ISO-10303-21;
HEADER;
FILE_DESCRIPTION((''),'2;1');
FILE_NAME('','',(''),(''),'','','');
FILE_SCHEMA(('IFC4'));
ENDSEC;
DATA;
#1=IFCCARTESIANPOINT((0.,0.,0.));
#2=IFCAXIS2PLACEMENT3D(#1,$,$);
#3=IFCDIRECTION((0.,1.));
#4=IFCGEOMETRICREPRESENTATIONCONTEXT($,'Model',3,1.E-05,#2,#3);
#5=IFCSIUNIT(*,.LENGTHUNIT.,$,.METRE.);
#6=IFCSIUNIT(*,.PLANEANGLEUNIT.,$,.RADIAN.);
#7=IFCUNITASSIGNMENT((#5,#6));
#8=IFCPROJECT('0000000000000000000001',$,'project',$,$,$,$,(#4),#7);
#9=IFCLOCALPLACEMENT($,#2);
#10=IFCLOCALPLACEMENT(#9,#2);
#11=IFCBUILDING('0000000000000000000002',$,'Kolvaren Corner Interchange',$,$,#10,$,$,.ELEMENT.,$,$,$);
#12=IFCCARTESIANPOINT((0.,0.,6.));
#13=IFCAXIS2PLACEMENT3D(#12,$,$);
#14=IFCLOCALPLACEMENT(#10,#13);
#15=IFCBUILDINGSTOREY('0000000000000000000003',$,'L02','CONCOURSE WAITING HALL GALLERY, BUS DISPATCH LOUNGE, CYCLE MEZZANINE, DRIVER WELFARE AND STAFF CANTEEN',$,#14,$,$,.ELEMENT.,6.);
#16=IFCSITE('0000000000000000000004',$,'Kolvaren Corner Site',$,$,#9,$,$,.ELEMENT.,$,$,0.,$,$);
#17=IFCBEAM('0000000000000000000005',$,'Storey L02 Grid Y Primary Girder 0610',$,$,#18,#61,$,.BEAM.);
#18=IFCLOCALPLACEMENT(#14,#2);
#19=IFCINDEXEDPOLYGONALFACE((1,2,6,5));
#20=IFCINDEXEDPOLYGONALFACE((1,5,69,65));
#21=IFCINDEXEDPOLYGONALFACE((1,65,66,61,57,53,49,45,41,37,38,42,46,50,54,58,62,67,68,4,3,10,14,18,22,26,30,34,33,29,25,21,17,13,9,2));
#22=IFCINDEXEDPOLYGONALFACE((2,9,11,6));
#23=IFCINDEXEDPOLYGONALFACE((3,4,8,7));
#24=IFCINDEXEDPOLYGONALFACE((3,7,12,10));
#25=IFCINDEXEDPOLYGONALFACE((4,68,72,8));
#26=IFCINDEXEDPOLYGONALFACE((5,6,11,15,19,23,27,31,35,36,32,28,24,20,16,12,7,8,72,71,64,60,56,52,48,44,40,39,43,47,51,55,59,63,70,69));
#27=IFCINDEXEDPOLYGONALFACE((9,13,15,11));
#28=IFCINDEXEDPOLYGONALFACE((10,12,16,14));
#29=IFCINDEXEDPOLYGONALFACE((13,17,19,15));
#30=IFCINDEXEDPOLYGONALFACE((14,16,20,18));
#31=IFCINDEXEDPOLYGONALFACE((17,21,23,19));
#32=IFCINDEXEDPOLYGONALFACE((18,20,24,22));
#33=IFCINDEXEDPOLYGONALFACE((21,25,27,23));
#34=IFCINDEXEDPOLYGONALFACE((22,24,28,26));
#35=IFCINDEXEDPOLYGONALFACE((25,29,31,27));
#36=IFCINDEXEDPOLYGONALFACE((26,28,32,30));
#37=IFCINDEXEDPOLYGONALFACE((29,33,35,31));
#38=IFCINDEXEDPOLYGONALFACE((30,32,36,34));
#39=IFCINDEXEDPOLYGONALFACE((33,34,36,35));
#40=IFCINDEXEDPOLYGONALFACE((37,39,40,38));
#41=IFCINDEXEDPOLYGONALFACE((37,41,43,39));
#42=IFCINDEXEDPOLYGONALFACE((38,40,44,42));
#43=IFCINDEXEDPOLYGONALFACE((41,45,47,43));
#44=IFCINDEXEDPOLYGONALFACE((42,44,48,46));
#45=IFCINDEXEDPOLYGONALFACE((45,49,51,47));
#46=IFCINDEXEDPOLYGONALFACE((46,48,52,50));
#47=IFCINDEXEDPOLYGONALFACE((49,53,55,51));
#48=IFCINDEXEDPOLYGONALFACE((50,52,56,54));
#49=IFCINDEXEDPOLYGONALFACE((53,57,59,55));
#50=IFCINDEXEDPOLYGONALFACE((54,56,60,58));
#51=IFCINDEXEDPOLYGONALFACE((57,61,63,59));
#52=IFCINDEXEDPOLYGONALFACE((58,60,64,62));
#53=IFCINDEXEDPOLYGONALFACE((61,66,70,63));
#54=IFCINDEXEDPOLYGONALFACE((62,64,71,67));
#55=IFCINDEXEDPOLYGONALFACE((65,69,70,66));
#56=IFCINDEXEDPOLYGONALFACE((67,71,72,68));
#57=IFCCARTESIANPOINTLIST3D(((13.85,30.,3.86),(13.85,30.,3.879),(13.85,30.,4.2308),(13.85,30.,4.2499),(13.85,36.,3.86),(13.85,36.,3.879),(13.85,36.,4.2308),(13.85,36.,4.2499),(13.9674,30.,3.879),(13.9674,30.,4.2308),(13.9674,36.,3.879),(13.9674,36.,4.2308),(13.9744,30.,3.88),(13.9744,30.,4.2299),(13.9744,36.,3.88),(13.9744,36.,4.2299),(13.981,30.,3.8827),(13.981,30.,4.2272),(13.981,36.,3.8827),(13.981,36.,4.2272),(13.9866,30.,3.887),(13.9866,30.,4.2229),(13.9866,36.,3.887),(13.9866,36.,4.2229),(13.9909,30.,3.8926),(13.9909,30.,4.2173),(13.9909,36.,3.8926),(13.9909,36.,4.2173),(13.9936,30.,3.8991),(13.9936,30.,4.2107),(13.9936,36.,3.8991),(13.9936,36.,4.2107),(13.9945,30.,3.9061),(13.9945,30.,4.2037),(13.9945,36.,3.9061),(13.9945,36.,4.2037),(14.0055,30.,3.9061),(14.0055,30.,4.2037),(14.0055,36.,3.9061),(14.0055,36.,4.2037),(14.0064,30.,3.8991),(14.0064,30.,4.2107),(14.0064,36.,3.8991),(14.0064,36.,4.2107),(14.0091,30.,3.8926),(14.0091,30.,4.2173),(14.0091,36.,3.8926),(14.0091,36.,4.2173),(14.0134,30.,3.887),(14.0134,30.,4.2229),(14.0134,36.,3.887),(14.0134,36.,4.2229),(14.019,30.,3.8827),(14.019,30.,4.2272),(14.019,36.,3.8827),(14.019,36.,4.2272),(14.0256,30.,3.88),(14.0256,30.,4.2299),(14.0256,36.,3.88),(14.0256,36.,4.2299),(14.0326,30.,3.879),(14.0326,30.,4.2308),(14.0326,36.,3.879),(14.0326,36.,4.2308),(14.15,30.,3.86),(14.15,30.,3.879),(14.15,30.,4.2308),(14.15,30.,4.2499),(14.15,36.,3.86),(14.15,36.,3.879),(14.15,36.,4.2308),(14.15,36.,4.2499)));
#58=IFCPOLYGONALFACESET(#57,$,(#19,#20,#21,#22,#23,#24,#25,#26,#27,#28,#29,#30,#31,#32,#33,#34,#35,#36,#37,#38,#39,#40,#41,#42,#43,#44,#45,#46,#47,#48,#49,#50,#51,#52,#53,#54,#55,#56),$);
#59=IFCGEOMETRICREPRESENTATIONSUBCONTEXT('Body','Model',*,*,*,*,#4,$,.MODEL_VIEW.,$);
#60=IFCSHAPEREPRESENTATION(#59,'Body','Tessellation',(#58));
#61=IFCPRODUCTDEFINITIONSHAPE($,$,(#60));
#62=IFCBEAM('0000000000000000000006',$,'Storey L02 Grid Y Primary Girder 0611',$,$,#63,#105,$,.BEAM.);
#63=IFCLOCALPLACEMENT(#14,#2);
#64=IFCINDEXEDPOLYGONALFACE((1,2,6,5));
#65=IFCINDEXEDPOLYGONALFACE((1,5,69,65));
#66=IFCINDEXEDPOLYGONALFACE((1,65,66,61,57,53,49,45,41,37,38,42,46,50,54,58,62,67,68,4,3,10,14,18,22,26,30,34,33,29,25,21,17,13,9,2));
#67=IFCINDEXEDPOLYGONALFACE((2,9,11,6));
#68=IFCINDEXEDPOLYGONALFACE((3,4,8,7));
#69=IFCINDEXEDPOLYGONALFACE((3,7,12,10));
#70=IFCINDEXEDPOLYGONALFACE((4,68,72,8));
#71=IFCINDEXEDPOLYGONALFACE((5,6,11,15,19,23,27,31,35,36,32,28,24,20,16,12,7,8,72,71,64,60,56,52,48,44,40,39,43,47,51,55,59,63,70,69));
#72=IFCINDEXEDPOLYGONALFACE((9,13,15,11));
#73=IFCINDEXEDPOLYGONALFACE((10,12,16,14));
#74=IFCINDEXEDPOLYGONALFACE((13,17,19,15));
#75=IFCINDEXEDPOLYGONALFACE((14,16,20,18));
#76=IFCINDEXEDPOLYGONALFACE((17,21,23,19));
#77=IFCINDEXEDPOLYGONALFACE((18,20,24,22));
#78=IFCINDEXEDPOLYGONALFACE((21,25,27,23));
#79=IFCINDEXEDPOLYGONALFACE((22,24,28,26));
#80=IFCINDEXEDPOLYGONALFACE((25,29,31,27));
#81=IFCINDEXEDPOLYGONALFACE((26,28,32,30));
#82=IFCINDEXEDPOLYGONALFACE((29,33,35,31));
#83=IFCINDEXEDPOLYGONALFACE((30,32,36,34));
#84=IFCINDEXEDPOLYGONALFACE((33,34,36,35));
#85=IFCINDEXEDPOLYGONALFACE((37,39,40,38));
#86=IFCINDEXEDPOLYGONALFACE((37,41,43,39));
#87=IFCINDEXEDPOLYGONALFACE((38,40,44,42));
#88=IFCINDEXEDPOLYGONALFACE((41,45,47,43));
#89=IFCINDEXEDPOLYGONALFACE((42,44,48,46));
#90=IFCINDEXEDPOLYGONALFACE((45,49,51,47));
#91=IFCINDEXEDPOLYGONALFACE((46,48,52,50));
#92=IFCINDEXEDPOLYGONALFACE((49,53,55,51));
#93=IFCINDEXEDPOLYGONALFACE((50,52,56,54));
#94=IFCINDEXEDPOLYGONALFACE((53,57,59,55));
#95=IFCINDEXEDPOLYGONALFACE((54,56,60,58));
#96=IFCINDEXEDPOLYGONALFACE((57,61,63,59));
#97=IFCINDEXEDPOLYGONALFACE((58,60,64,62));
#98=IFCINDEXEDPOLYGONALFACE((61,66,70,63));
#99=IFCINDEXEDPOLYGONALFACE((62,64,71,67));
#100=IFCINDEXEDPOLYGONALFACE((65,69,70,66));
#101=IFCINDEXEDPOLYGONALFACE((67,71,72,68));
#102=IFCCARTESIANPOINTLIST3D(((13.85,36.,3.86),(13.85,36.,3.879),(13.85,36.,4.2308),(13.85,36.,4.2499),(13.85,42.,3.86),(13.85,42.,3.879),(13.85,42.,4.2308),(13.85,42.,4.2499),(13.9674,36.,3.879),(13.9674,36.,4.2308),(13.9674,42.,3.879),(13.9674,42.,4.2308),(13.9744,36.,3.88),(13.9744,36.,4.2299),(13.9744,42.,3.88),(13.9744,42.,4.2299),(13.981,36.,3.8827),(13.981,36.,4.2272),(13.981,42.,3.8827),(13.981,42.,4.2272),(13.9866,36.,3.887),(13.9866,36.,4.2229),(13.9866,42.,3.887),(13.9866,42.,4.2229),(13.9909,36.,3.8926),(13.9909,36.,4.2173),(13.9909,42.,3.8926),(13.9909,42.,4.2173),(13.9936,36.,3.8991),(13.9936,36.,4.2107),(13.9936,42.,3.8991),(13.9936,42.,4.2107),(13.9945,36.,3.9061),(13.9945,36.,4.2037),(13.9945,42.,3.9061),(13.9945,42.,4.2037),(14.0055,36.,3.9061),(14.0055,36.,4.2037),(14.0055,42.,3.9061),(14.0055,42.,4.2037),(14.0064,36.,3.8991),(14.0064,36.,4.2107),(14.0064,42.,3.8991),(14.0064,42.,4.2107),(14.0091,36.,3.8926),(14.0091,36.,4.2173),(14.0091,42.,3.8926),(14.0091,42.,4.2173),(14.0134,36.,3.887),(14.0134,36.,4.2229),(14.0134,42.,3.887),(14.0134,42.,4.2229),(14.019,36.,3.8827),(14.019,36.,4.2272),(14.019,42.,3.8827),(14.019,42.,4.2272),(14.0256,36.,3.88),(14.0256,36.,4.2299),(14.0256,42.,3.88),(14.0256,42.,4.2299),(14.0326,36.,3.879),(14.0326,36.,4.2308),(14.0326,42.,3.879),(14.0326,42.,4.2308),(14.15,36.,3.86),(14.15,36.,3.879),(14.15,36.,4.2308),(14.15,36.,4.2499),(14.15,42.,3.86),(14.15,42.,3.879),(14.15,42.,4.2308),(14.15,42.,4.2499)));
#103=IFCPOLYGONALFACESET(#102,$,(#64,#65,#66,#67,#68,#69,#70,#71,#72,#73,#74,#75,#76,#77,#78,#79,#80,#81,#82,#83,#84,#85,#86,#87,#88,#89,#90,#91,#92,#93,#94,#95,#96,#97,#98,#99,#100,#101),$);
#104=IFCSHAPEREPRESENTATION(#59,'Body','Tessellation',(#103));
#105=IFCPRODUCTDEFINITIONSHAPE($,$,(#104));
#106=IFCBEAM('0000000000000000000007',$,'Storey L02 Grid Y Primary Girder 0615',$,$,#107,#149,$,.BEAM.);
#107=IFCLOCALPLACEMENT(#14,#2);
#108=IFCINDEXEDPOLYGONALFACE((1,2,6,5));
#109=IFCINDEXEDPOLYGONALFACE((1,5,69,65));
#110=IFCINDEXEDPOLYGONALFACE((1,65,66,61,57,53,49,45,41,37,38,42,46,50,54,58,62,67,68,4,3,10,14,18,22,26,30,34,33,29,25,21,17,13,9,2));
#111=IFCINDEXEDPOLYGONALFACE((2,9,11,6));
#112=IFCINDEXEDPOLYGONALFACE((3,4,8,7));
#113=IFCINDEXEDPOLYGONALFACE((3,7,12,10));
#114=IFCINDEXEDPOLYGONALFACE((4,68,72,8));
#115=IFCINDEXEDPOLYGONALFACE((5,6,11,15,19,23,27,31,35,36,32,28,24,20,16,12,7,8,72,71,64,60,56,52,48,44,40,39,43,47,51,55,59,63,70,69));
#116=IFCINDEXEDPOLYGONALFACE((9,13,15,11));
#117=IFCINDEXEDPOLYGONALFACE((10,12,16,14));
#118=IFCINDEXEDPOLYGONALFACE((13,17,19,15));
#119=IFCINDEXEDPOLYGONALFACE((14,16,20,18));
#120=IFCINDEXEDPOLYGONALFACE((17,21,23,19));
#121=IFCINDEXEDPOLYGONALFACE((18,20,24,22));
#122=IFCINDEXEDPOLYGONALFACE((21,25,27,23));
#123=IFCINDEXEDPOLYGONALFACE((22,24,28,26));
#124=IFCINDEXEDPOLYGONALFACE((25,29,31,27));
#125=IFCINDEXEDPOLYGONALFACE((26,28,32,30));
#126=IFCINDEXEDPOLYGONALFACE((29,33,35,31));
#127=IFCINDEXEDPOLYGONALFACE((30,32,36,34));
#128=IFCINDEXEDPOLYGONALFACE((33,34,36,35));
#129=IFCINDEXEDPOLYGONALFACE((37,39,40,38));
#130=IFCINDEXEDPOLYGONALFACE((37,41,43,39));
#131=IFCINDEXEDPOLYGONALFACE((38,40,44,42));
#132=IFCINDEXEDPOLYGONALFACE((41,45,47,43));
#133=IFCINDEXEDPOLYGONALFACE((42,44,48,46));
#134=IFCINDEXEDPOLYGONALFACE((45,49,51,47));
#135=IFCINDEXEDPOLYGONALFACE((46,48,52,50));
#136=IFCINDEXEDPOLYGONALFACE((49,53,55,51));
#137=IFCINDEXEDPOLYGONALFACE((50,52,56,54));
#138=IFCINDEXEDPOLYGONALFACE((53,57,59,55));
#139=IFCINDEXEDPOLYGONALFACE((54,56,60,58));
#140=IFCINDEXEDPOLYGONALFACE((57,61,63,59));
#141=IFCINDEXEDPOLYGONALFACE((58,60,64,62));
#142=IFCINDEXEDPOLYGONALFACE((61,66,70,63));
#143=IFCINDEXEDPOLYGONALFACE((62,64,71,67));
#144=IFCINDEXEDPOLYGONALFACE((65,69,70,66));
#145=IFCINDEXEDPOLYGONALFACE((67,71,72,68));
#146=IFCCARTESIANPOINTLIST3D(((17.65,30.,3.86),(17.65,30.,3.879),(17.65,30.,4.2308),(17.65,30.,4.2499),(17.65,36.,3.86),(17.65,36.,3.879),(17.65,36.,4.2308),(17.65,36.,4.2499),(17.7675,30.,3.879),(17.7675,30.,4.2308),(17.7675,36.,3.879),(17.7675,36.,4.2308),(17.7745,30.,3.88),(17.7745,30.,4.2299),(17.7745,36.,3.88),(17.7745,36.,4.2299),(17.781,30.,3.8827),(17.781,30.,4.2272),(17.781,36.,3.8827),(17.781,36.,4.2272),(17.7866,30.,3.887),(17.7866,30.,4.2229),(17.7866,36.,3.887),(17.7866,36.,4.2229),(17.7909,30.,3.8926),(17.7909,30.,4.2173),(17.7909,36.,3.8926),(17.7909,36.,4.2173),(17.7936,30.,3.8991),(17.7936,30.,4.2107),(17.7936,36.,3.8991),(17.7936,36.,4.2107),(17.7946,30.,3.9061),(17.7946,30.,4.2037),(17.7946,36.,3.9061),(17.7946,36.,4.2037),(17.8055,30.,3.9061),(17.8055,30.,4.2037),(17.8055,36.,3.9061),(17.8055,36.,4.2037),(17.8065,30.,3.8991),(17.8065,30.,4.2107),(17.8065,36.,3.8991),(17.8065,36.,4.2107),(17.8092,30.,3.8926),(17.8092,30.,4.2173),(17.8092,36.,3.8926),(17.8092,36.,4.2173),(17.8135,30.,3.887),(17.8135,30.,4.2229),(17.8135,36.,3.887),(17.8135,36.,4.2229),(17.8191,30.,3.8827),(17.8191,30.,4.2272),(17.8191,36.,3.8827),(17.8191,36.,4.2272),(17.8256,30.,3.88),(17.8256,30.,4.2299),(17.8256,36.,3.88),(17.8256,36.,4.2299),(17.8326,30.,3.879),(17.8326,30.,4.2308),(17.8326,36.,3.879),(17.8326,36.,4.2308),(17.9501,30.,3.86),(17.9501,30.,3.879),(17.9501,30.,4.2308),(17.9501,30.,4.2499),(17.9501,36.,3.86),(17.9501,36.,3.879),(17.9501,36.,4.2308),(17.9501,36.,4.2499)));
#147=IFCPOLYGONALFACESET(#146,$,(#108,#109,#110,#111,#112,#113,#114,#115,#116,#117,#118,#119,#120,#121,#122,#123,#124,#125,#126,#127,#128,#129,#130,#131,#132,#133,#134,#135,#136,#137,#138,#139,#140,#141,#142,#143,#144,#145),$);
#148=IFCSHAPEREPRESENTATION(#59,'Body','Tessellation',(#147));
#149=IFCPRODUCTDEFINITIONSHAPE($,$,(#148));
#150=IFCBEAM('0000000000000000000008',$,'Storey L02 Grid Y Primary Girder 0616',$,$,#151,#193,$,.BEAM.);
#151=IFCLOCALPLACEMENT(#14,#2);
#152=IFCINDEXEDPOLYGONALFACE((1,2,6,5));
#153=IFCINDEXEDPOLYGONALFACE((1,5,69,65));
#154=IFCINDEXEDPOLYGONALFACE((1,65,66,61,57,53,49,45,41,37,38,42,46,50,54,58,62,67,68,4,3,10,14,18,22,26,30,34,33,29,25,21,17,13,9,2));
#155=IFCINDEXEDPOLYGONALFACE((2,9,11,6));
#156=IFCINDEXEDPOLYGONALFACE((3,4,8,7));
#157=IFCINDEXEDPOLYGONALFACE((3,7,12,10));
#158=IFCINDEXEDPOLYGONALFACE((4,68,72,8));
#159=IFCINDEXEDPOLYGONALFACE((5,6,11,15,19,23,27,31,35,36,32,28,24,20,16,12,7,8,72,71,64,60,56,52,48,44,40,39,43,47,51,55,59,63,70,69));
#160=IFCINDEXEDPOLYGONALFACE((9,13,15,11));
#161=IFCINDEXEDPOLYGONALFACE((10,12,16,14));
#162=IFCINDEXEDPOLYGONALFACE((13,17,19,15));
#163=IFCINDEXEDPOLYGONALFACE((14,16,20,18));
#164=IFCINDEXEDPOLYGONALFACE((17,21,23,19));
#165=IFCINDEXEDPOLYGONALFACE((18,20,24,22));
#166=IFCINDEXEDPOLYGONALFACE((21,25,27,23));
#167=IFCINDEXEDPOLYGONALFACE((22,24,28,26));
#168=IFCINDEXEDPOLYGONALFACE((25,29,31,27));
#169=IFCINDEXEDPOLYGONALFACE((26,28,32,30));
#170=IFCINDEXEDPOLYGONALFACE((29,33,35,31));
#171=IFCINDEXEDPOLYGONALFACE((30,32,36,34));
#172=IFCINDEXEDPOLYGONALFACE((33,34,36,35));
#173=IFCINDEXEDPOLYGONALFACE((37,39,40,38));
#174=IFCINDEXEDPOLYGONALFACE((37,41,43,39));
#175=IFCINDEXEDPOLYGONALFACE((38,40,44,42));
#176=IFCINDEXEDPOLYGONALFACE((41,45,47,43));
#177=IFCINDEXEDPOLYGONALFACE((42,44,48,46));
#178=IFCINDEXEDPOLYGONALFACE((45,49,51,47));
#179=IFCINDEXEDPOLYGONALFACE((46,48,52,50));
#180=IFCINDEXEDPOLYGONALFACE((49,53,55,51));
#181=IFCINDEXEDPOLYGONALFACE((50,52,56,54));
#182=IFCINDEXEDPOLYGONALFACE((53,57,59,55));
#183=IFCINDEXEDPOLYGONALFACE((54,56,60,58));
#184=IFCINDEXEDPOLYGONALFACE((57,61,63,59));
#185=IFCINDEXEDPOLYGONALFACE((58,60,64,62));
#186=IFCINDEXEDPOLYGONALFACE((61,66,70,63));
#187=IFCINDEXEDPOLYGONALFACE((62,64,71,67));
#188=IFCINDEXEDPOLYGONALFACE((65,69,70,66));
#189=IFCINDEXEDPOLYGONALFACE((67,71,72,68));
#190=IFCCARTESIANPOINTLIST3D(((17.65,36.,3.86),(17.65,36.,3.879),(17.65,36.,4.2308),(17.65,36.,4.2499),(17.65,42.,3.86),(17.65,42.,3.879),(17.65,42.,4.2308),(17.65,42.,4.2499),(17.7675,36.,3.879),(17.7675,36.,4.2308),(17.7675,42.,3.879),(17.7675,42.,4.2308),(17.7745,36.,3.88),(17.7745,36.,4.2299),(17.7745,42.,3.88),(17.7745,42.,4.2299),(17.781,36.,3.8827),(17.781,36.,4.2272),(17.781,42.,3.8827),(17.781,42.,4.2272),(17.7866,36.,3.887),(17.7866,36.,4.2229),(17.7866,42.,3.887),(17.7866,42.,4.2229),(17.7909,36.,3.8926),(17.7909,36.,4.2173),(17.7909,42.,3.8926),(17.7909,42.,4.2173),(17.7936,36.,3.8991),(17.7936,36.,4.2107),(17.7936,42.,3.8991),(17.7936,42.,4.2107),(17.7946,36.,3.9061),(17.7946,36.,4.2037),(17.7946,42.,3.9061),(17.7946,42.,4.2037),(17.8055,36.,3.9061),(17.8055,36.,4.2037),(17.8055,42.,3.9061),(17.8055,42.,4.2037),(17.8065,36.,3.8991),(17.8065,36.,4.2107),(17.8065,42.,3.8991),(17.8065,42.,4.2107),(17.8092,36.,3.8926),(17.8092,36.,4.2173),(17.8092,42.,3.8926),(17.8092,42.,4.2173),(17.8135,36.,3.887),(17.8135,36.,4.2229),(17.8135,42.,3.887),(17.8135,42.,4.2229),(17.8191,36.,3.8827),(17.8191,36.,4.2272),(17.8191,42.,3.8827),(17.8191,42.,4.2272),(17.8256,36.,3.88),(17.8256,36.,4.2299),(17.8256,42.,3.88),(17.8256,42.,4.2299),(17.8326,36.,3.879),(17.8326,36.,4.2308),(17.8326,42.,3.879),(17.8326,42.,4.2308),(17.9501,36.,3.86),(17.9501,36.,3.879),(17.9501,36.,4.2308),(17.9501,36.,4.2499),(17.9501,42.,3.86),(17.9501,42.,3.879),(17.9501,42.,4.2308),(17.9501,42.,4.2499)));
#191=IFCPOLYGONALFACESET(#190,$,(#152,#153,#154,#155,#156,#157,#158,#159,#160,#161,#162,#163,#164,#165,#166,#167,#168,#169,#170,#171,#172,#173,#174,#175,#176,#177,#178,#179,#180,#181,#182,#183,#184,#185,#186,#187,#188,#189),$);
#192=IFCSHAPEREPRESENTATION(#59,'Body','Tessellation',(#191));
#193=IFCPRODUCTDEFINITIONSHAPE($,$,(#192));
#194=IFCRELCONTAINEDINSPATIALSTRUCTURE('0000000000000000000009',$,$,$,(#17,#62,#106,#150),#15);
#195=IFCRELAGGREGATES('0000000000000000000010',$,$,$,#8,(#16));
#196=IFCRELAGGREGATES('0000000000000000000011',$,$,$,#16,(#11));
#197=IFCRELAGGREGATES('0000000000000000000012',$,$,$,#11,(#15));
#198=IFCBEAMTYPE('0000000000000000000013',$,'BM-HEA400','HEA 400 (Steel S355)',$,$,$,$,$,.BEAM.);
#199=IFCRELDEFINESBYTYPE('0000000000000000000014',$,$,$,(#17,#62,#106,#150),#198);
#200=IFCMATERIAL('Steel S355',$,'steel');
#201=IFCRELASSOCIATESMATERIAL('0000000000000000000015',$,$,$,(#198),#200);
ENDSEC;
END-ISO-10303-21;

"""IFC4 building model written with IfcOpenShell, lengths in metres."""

from ifc_helpers import new_model, si_unit, direction, frame, origin, origin_2d, place, context, subcontext, project, spatial, i_section, extrude, material, material_profile, profile_set, type_object, element, save


model = new_model("IFC4")

# Units and contexts
model_context = context("Model", 3, precision=1e-05, world=origin(), true_north=direction((0.0, 1.0)))
body_context = subcontext(model_context, "Body", "Model", "MODEL_VIEW")
ifc_project = project(units=[si_unit("LENGTHUNIT", "METRE"), si_unit("PLANEANGLEUNIT", "RADIAN")], contexts=[model_context])

# Site, building, storey
site_placement = place(None, origin())
site = spatial("IfcSite", under=ifc_project, at=site_placement, Name="Kolvaren Corner Site", CompositionType="ELEMENT", RefElevation=0.0)
building_placement = place(site_placement, origin())
building = spatial("IfcBuilding", under=site, at=building_placement, Name="Kolvaren Corner Interchange", CompositionType="ELEMENT")
storey_placement = place(building_placement, frame((0.0, 0.0, 6.0)))
storey = spatial("IfcBuildingStorey", under=building, at=storey_placement, Name="L02", Description="CONCOURSE WAITING HALL GALLERY, BUS DISPATCH LOUNGE, CYCLE MEZZANINE, DRIVER WELFARE AND STAFF CANTEEN", CompositionType="ELEMENT", Elevation=6.0)

# Beams
ifc_material_1 = material(Name="Steel S355", Category="steel")
ifc_material_profile_1 = material_profile(ifc_material_1, i_section(OverallWidth=0.3, OverallDepth=0.3899, WebThickness=0.011, FlangeThickness=0.019, FilletRadius=0.0271, at=origin_2d()), Name="HEA 400")
ifc_profile_set_1 = profile_set([ifc_material_profile_1], Name="Steel S355")
beam_type_1 = type_object("IfcBeamType", Name="BM-HEA400", Description="HEA 400 (Steel S355)", PredefinedType="BEAM", material=ifc_profile_set_1)
for number, where, z_axis, x_axis, name in (
    (1, (14.0, 30.0, 4.0549), (0.0, 1.0, 0.0), (-1.0, 0.0, 0.0), "Storey L02 Grid Y Primary Girder 0610"),
    (2, (14.0, 36.0, 4.0549), (0.0, 1.0, 0.0), (-1.0, 0.0, 0.0), "Storey L02 Grid Y Primary Girder 0611"),
    (3, (17.8, 30.0, 4.0549), (0.0, 1.0, 0.0), (-1.0, 0.0, 0.0), "Storey L02 Grid Y Primary Girder 0615"),
    (4, (17.8, 36.0, 4.0549), (0.0, 1.0, 0.0), (-1.0, 0.0, 0.0), "Storey L02 Grid Y Primary Girder 0616"),
):
    element("IfcBeam", number, at=place(storey_placement, frame(where, z_axis=z_axis, x_axis=x_axis)), inside=storey, type_object=beam_type_1, Name=name, PredefinedType="BEAM", context=body_context, shape_type="SweptSolid", body=[
        extrude(i_section(OverallWidth=0.3, OverallDepth=0.3899, WebThickness=0.011, FlangeThickness=0.019, FilletRadius=0.0271, at=origin_2d()), origin(), (0.0, 0.0, 1.0), 6.0),
    ])

save(model, "model.ifc")
